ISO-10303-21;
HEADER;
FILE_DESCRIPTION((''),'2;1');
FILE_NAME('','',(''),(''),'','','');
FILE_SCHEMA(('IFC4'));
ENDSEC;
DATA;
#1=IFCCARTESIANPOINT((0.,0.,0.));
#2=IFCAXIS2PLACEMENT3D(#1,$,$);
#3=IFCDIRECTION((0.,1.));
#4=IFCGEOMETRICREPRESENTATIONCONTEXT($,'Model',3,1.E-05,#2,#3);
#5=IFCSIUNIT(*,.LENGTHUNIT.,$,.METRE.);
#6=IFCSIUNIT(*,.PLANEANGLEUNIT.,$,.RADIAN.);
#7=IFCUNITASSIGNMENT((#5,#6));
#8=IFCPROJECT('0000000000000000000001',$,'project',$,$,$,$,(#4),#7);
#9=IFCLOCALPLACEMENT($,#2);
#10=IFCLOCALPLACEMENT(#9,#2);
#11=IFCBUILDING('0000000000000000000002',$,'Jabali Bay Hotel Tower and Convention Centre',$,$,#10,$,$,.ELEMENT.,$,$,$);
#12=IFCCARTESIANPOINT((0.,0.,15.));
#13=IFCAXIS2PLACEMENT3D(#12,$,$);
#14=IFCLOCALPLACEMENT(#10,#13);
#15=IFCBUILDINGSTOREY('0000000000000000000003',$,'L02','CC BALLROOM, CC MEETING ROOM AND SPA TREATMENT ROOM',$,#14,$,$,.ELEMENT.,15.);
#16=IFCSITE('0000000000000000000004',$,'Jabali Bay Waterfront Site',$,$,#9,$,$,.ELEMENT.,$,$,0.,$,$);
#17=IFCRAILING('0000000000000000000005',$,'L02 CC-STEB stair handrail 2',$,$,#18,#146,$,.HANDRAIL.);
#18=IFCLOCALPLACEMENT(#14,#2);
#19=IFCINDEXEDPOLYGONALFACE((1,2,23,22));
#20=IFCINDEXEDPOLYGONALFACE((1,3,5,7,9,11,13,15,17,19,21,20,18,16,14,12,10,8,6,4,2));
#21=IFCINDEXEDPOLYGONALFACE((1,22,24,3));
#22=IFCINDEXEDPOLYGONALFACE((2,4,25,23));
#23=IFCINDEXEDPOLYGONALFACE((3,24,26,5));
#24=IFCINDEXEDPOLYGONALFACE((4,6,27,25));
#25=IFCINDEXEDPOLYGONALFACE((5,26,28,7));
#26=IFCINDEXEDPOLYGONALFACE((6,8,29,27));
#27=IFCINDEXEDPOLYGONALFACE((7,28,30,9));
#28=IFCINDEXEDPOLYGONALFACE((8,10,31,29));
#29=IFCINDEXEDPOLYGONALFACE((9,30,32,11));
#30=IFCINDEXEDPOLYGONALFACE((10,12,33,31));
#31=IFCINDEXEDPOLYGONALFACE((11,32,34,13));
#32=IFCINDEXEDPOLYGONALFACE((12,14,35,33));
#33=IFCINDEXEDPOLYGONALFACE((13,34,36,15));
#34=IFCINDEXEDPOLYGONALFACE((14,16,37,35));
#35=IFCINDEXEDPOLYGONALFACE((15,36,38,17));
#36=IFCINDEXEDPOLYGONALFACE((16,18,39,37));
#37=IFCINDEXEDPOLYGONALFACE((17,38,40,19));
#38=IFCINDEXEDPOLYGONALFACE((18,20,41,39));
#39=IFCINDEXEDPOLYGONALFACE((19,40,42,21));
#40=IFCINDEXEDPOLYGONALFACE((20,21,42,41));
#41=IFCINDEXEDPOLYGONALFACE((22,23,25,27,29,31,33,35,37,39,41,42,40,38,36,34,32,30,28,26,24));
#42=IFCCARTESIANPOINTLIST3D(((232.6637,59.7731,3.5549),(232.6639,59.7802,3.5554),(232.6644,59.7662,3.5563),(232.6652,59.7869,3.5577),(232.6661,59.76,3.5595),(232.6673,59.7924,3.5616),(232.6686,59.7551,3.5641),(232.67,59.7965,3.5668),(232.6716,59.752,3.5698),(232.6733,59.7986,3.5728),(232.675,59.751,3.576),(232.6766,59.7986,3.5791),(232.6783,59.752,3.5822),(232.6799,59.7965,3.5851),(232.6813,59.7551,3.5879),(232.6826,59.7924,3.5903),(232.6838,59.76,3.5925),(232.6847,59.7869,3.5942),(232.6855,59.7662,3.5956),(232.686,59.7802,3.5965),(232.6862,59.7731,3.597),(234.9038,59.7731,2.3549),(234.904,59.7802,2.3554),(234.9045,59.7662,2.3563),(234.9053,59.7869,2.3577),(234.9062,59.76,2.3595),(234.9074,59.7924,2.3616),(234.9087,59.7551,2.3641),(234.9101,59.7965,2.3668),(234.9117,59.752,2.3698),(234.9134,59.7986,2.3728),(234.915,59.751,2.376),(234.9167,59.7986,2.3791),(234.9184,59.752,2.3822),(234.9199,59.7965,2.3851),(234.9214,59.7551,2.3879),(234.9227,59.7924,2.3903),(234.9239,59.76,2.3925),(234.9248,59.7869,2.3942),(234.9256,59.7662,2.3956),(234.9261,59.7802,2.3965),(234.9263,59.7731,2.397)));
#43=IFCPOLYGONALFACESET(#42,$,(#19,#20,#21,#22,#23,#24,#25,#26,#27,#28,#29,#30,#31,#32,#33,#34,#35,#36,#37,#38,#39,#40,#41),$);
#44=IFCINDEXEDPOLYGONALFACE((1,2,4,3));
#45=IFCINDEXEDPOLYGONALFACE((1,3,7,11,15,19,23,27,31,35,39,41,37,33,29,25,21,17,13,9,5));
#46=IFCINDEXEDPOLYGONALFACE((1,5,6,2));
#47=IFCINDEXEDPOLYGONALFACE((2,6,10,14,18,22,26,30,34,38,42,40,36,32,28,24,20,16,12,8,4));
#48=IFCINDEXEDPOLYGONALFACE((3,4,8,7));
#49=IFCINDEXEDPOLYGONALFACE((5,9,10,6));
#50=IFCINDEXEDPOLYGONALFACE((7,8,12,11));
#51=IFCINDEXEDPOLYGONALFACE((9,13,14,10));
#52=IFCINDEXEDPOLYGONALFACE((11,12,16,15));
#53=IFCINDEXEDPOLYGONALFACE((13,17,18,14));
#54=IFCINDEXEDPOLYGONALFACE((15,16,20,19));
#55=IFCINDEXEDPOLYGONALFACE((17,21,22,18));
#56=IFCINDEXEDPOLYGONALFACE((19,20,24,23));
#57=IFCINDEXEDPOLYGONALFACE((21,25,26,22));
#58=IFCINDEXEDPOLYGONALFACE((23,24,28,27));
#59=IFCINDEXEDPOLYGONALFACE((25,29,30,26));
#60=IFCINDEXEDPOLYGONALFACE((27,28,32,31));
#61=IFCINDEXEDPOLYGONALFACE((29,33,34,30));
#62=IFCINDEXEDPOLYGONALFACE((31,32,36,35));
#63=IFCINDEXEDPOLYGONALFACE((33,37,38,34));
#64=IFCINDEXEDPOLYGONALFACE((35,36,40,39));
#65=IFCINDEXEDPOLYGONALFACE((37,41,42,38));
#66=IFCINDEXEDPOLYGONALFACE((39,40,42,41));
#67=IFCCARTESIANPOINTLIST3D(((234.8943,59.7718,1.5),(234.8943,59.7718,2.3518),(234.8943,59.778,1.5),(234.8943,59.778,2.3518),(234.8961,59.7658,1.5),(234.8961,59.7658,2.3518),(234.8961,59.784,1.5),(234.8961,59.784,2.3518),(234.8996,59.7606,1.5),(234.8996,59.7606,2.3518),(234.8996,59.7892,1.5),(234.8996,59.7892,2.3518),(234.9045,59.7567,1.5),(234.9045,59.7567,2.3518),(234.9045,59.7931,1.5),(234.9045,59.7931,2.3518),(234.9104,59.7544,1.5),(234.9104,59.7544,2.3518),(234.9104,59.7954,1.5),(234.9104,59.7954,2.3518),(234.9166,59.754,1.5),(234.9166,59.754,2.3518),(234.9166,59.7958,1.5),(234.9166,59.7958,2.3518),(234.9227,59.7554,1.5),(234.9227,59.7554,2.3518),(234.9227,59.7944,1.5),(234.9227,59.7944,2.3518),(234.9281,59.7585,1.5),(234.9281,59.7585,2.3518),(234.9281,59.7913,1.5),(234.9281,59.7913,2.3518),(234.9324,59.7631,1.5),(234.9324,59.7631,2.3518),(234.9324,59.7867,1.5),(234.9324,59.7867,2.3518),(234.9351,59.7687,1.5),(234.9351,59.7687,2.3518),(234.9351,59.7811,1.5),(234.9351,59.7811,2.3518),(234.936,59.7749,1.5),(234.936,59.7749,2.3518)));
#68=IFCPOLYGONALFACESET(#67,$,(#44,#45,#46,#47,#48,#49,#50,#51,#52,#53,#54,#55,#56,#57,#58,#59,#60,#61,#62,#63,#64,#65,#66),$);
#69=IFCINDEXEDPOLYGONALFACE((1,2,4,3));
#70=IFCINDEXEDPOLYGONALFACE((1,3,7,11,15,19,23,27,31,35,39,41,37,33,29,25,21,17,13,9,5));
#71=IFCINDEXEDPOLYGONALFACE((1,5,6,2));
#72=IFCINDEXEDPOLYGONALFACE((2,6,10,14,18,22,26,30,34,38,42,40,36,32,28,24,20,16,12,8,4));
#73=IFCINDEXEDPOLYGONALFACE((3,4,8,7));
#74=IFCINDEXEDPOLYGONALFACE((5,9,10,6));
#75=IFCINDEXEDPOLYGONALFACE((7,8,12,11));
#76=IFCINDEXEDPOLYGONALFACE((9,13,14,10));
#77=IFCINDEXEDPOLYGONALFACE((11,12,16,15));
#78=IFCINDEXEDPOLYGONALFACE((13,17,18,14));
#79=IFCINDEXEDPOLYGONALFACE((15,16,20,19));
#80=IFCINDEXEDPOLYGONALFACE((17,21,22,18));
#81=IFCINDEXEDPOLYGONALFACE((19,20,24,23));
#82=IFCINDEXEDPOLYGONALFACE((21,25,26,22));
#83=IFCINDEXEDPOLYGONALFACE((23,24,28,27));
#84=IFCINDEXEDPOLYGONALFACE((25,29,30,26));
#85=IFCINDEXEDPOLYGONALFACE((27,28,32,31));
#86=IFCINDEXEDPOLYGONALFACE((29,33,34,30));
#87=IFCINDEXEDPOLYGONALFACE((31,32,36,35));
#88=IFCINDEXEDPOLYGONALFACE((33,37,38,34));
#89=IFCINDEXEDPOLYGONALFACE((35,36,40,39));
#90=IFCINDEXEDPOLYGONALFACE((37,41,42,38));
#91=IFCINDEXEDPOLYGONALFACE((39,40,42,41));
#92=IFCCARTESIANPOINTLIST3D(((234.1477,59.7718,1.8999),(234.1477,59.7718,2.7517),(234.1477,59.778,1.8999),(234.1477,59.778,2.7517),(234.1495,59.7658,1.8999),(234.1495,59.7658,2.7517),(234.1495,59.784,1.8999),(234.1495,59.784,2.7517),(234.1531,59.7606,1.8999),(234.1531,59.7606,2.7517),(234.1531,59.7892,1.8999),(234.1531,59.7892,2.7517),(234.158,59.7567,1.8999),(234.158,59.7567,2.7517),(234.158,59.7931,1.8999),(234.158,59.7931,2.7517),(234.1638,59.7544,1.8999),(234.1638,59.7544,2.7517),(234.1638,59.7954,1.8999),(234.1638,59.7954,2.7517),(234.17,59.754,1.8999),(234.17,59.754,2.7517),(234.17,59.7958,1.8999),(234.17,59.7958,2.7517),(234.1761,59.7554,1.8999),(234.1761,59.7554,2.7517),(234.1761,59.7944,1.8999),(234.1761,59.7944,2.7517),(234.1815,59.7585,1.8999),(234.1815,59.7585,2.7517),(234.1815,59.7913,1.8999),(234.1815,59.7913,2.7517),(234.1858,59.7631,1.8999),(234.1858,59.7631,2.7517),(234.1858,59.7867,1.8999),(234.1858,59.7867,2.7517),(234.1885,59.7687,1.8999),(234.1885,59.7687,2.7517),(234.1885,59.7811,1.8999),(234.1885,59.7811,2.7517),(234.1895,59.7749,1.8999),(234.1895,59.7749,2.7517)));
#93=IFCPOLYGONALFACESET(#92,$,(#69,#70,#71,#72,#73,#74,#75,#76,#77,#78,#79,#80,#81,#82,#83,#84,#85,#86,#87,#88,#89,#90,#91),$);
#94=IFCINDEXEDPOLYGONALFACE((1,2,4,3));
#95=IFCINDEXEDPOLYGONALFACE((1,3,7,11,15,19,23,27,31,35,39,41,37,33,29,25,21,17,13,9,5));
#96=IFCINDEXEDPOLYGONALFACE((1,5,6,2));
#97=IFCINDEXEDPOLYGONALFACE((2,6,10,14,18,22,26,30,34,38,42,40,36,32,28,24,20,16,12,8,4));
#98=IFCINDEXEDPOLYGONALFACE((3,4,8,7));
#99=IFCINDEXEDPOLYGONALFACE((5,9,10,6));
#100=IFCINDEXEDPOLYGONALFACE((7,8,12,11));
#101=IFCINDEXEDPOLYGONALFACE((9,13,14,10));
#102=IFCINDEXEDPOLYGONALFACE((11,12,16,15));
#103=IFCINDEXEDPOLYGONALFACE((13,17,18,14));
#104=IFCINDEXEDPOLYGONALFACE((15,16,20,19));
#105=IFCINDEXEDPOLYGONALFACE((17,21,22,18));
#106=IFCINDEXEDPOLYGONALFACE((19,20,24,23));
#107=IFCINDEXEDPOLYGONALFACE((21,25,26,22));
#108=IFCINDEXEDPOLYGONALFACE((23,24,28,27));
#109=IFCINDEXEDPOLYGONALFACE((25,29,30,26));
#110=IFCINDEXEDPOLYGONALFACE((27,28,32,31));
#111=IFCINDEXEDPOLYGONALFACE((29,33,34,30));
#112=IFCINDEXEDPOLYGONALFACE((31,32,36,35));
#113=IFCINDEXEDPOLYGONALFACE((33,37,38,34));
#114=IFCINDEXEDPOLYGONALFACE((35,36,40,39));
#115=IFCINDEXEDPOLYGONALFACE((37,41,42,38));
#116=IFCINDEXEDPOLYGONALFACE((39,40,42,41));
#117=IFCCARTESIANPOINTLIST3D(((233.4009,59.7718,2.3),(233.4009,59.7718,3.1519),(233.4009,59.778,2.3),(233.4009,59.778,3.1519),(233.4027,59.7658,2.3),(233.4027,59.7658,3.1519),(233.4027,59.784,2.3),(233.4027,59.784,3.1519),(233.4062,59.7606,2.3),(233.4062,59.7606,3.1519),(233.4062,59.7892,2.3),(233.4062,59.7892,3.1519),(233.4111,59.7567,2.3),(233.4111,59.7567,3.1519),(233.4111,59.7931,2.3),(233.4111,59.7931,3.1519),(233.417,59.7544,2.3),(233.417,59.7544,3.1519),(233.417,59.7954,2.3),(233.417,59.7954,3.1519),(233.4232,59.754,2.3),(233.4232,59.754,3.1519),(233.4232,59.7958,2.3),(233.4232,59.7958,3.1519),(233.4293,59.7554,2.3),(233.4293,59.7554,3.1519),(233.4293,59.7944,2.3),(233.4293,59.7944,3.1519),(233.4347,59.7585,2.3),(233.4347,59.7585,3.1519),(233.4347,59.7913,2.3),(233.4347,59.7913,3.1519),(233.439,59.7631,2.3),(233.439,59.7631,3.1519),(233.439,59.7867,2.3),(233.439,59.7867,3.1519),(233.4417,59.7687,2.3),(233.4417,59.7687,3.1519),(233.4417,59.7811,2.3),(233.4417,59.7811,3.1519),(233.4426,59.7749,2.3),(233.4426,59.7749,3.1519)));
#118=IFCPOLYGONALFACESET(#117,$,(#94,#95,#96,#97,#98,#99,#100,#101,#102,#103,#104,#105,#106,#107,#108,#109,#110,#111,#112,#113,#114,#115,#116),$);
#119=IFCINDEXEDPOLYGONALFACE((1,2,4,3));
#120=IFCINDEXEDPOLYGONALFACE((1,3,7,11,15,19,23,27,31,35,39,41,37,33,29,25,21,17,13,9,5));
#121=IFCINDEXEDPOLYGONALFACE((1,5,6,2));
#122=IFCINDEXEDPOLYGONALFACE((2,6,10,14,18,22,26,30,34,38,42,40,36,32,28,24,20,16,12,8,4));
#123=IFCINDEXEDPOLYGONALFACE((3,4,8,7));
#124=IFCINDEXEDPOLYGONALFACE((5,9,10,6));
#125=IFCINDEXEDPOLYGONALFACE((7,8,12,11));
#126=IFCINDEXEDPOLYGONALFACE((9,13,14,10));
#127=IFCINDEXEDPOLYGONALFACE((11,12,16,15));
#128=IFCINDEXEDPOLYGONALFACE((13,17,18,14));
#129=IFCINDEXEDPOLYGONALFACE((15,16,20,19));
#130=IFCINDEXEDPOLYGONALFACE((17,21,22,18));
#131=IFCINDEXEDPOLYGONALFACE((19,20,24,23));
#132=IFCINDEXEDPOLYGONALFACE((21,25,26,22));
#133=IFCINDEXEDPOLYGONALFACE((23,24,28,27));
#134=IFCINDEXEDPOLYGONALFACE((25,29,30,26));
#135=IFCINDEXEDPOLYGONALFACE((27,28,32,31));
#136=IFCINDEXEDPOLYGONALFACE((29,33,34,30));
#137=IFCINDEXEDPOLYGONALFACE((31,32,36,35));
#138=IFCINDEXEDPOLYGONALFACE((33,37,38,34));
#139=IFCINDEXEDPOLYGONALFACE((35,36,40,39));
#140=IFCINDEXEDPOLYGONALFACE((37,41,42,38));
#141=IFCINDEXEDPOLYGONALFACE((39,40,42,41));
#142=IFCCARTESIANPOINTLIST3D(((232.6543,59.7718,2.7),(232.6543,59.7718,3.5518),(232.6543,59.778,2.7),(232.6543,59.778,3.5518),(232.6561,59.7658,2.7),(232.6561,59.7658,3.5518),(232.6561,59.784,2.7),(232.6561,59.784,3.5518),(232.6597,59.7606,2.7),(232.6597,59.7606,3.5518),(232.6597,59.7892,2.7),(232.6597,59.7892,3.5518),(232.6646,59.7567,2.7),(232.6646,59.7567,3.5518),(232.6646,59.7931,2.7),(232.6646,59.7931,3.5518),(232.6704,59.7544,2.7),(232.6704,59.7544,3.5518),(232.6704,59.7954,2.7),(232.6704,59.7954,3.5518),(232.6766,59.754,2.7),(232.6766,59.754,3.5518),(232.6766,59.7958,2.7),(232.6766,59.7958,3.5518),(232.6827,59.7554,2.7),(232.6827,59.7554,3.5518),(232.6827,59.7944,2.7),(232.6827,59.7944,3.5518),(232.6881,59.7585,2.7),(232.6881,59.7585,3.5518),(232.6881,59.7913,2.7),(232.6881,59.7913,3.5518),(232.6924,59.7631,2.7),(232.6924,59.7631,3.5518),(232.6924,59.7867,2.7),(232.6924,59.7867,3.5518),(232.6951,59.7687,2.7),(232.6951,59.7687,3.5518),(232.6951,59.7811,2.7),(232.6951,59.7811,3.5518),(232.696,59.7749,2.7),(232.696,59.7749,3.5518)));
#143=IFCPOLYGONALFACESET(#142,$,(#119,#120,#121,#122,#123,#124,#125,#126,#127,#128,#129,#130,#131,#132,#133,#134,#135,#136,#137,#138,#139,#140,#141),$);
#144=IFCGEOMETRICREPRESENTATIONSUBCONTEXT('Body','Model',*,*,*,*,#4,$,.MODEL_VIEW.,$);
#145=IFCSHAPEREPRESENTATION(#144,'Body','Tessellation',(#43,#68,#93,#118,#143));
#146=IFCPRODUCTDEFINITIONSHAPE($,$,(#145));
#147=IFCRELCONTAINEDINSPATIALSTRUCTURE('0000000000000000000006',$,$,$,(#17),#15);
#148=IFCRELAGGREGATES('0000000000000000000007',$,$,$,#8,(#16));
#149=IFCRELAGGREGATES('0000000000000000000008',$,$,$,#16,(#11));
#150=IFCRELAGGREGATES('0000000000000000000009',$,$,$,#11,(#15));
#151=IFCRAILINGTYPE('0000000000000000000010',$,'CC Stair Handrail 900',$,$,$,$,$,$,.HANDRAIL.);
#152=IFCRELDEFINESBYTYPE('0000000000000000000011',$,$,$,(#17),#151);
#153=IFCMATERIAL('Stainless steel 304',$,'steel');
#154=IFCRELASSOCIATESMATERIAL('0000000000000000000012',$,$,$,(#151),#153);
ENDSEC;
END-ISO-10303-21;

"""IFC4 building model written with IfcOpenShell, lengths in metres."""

from ifc_helpers import new_model, si_unit, direction, frame, origin, origin_2d, place, context, subcontext, project, spatial, circle, extrude, material, type_object, element, save


model = new_model("IFC4")

# Units and contexts
model_context = context("Model", 3, precision=1e-05, world=origin(), true_north=direction((0.0, 1.0)))
body_context = subcontext(model_context, "Body", "Model", "MODEL_VIEW")
ifc_project = project(units=[si_unit("LENGTHUNIT", "METRE"), si_unit("PLANEANGLEUNIT", "RADIAN")], contexts=[model_context])

# Site, building, storey
site_placement = place(None, origin())
site = spatial("IfcSite", under=ifc_project, at=site_placement, Name="Jabali Bay Waterfront Site", CompositionType="ELEMENT", RefElevation=0.0)
building_placement = place(site_placement, origin())
building = spatial("IfcBuilding", under=site, at=building_placement, Name="Jabali Bay Hotel Tower and Convention Centre", CompositionType="ELEMENT")
storey_placement = place(building_placement, frame((0.0, 0.0, 15.0)))
storey = spatial("IfcBuildingStorey", under=building, at=storey_placement, Name="L02", Description="CC BALLROOM, CC MEETING ROOM AND SPA TREATMENT ROOM", CompositionType="ELEMENT", Elevation=15.0)

# Railing
ifc_material_1 = material(Name="Stainless steel 304", Category="steel")
railing_type_1 = type_object("IfcRailingType", Name="CC Stair Handrail 900", PredefinedType="HANDRAIL", material=ifc_material_1)
for number, where, name in (
    (1, (234.915, 59.7749, 1.5), "L02 CC-STEB stair handrail 2"),
):
    element("IfcRailing", number, at=place(storey_placement, frame(where)), inside=storey, type_object=railing_type_1, Name=name, PredefinedType="HANDRAIL", context=body_context, shape_type="SweptSolid", body=[
        extrude(circle(Radius=0.0239, at=origin_2d()), frame((0.0, 0.0, 0.876), z_axis=(-0.881487, 0.0, 0.472208), x_axis=(0.0, -1.0, 0.0)), (0.0, 0.0, 1.0), 2.5413),
        extrude(circle(Radius=0.021, at=origin_2d()), origin(), (0.0, 0.0, 1.0), 0.8518),
        extrude(circle(Radius=0.021, at=origin_2d()), frame((-0.7466, 0.0, 0.3999)), (0.0, 0.0, 1.0), 0.8518),
        extrude(circle(Radius=0.021, at=origin_2d()), frame((-1.4934, 0.0, 0.8)), (0.0, 0.0, 1.0), 0.8518),
        extrude(circle(Radius=0.021, at=origin_2d()), frame((-2.24, 0.0, 1.2)), (0.0, 0.0, 1.0), 0.8518),
    ])

save(model, "model.ifc")
